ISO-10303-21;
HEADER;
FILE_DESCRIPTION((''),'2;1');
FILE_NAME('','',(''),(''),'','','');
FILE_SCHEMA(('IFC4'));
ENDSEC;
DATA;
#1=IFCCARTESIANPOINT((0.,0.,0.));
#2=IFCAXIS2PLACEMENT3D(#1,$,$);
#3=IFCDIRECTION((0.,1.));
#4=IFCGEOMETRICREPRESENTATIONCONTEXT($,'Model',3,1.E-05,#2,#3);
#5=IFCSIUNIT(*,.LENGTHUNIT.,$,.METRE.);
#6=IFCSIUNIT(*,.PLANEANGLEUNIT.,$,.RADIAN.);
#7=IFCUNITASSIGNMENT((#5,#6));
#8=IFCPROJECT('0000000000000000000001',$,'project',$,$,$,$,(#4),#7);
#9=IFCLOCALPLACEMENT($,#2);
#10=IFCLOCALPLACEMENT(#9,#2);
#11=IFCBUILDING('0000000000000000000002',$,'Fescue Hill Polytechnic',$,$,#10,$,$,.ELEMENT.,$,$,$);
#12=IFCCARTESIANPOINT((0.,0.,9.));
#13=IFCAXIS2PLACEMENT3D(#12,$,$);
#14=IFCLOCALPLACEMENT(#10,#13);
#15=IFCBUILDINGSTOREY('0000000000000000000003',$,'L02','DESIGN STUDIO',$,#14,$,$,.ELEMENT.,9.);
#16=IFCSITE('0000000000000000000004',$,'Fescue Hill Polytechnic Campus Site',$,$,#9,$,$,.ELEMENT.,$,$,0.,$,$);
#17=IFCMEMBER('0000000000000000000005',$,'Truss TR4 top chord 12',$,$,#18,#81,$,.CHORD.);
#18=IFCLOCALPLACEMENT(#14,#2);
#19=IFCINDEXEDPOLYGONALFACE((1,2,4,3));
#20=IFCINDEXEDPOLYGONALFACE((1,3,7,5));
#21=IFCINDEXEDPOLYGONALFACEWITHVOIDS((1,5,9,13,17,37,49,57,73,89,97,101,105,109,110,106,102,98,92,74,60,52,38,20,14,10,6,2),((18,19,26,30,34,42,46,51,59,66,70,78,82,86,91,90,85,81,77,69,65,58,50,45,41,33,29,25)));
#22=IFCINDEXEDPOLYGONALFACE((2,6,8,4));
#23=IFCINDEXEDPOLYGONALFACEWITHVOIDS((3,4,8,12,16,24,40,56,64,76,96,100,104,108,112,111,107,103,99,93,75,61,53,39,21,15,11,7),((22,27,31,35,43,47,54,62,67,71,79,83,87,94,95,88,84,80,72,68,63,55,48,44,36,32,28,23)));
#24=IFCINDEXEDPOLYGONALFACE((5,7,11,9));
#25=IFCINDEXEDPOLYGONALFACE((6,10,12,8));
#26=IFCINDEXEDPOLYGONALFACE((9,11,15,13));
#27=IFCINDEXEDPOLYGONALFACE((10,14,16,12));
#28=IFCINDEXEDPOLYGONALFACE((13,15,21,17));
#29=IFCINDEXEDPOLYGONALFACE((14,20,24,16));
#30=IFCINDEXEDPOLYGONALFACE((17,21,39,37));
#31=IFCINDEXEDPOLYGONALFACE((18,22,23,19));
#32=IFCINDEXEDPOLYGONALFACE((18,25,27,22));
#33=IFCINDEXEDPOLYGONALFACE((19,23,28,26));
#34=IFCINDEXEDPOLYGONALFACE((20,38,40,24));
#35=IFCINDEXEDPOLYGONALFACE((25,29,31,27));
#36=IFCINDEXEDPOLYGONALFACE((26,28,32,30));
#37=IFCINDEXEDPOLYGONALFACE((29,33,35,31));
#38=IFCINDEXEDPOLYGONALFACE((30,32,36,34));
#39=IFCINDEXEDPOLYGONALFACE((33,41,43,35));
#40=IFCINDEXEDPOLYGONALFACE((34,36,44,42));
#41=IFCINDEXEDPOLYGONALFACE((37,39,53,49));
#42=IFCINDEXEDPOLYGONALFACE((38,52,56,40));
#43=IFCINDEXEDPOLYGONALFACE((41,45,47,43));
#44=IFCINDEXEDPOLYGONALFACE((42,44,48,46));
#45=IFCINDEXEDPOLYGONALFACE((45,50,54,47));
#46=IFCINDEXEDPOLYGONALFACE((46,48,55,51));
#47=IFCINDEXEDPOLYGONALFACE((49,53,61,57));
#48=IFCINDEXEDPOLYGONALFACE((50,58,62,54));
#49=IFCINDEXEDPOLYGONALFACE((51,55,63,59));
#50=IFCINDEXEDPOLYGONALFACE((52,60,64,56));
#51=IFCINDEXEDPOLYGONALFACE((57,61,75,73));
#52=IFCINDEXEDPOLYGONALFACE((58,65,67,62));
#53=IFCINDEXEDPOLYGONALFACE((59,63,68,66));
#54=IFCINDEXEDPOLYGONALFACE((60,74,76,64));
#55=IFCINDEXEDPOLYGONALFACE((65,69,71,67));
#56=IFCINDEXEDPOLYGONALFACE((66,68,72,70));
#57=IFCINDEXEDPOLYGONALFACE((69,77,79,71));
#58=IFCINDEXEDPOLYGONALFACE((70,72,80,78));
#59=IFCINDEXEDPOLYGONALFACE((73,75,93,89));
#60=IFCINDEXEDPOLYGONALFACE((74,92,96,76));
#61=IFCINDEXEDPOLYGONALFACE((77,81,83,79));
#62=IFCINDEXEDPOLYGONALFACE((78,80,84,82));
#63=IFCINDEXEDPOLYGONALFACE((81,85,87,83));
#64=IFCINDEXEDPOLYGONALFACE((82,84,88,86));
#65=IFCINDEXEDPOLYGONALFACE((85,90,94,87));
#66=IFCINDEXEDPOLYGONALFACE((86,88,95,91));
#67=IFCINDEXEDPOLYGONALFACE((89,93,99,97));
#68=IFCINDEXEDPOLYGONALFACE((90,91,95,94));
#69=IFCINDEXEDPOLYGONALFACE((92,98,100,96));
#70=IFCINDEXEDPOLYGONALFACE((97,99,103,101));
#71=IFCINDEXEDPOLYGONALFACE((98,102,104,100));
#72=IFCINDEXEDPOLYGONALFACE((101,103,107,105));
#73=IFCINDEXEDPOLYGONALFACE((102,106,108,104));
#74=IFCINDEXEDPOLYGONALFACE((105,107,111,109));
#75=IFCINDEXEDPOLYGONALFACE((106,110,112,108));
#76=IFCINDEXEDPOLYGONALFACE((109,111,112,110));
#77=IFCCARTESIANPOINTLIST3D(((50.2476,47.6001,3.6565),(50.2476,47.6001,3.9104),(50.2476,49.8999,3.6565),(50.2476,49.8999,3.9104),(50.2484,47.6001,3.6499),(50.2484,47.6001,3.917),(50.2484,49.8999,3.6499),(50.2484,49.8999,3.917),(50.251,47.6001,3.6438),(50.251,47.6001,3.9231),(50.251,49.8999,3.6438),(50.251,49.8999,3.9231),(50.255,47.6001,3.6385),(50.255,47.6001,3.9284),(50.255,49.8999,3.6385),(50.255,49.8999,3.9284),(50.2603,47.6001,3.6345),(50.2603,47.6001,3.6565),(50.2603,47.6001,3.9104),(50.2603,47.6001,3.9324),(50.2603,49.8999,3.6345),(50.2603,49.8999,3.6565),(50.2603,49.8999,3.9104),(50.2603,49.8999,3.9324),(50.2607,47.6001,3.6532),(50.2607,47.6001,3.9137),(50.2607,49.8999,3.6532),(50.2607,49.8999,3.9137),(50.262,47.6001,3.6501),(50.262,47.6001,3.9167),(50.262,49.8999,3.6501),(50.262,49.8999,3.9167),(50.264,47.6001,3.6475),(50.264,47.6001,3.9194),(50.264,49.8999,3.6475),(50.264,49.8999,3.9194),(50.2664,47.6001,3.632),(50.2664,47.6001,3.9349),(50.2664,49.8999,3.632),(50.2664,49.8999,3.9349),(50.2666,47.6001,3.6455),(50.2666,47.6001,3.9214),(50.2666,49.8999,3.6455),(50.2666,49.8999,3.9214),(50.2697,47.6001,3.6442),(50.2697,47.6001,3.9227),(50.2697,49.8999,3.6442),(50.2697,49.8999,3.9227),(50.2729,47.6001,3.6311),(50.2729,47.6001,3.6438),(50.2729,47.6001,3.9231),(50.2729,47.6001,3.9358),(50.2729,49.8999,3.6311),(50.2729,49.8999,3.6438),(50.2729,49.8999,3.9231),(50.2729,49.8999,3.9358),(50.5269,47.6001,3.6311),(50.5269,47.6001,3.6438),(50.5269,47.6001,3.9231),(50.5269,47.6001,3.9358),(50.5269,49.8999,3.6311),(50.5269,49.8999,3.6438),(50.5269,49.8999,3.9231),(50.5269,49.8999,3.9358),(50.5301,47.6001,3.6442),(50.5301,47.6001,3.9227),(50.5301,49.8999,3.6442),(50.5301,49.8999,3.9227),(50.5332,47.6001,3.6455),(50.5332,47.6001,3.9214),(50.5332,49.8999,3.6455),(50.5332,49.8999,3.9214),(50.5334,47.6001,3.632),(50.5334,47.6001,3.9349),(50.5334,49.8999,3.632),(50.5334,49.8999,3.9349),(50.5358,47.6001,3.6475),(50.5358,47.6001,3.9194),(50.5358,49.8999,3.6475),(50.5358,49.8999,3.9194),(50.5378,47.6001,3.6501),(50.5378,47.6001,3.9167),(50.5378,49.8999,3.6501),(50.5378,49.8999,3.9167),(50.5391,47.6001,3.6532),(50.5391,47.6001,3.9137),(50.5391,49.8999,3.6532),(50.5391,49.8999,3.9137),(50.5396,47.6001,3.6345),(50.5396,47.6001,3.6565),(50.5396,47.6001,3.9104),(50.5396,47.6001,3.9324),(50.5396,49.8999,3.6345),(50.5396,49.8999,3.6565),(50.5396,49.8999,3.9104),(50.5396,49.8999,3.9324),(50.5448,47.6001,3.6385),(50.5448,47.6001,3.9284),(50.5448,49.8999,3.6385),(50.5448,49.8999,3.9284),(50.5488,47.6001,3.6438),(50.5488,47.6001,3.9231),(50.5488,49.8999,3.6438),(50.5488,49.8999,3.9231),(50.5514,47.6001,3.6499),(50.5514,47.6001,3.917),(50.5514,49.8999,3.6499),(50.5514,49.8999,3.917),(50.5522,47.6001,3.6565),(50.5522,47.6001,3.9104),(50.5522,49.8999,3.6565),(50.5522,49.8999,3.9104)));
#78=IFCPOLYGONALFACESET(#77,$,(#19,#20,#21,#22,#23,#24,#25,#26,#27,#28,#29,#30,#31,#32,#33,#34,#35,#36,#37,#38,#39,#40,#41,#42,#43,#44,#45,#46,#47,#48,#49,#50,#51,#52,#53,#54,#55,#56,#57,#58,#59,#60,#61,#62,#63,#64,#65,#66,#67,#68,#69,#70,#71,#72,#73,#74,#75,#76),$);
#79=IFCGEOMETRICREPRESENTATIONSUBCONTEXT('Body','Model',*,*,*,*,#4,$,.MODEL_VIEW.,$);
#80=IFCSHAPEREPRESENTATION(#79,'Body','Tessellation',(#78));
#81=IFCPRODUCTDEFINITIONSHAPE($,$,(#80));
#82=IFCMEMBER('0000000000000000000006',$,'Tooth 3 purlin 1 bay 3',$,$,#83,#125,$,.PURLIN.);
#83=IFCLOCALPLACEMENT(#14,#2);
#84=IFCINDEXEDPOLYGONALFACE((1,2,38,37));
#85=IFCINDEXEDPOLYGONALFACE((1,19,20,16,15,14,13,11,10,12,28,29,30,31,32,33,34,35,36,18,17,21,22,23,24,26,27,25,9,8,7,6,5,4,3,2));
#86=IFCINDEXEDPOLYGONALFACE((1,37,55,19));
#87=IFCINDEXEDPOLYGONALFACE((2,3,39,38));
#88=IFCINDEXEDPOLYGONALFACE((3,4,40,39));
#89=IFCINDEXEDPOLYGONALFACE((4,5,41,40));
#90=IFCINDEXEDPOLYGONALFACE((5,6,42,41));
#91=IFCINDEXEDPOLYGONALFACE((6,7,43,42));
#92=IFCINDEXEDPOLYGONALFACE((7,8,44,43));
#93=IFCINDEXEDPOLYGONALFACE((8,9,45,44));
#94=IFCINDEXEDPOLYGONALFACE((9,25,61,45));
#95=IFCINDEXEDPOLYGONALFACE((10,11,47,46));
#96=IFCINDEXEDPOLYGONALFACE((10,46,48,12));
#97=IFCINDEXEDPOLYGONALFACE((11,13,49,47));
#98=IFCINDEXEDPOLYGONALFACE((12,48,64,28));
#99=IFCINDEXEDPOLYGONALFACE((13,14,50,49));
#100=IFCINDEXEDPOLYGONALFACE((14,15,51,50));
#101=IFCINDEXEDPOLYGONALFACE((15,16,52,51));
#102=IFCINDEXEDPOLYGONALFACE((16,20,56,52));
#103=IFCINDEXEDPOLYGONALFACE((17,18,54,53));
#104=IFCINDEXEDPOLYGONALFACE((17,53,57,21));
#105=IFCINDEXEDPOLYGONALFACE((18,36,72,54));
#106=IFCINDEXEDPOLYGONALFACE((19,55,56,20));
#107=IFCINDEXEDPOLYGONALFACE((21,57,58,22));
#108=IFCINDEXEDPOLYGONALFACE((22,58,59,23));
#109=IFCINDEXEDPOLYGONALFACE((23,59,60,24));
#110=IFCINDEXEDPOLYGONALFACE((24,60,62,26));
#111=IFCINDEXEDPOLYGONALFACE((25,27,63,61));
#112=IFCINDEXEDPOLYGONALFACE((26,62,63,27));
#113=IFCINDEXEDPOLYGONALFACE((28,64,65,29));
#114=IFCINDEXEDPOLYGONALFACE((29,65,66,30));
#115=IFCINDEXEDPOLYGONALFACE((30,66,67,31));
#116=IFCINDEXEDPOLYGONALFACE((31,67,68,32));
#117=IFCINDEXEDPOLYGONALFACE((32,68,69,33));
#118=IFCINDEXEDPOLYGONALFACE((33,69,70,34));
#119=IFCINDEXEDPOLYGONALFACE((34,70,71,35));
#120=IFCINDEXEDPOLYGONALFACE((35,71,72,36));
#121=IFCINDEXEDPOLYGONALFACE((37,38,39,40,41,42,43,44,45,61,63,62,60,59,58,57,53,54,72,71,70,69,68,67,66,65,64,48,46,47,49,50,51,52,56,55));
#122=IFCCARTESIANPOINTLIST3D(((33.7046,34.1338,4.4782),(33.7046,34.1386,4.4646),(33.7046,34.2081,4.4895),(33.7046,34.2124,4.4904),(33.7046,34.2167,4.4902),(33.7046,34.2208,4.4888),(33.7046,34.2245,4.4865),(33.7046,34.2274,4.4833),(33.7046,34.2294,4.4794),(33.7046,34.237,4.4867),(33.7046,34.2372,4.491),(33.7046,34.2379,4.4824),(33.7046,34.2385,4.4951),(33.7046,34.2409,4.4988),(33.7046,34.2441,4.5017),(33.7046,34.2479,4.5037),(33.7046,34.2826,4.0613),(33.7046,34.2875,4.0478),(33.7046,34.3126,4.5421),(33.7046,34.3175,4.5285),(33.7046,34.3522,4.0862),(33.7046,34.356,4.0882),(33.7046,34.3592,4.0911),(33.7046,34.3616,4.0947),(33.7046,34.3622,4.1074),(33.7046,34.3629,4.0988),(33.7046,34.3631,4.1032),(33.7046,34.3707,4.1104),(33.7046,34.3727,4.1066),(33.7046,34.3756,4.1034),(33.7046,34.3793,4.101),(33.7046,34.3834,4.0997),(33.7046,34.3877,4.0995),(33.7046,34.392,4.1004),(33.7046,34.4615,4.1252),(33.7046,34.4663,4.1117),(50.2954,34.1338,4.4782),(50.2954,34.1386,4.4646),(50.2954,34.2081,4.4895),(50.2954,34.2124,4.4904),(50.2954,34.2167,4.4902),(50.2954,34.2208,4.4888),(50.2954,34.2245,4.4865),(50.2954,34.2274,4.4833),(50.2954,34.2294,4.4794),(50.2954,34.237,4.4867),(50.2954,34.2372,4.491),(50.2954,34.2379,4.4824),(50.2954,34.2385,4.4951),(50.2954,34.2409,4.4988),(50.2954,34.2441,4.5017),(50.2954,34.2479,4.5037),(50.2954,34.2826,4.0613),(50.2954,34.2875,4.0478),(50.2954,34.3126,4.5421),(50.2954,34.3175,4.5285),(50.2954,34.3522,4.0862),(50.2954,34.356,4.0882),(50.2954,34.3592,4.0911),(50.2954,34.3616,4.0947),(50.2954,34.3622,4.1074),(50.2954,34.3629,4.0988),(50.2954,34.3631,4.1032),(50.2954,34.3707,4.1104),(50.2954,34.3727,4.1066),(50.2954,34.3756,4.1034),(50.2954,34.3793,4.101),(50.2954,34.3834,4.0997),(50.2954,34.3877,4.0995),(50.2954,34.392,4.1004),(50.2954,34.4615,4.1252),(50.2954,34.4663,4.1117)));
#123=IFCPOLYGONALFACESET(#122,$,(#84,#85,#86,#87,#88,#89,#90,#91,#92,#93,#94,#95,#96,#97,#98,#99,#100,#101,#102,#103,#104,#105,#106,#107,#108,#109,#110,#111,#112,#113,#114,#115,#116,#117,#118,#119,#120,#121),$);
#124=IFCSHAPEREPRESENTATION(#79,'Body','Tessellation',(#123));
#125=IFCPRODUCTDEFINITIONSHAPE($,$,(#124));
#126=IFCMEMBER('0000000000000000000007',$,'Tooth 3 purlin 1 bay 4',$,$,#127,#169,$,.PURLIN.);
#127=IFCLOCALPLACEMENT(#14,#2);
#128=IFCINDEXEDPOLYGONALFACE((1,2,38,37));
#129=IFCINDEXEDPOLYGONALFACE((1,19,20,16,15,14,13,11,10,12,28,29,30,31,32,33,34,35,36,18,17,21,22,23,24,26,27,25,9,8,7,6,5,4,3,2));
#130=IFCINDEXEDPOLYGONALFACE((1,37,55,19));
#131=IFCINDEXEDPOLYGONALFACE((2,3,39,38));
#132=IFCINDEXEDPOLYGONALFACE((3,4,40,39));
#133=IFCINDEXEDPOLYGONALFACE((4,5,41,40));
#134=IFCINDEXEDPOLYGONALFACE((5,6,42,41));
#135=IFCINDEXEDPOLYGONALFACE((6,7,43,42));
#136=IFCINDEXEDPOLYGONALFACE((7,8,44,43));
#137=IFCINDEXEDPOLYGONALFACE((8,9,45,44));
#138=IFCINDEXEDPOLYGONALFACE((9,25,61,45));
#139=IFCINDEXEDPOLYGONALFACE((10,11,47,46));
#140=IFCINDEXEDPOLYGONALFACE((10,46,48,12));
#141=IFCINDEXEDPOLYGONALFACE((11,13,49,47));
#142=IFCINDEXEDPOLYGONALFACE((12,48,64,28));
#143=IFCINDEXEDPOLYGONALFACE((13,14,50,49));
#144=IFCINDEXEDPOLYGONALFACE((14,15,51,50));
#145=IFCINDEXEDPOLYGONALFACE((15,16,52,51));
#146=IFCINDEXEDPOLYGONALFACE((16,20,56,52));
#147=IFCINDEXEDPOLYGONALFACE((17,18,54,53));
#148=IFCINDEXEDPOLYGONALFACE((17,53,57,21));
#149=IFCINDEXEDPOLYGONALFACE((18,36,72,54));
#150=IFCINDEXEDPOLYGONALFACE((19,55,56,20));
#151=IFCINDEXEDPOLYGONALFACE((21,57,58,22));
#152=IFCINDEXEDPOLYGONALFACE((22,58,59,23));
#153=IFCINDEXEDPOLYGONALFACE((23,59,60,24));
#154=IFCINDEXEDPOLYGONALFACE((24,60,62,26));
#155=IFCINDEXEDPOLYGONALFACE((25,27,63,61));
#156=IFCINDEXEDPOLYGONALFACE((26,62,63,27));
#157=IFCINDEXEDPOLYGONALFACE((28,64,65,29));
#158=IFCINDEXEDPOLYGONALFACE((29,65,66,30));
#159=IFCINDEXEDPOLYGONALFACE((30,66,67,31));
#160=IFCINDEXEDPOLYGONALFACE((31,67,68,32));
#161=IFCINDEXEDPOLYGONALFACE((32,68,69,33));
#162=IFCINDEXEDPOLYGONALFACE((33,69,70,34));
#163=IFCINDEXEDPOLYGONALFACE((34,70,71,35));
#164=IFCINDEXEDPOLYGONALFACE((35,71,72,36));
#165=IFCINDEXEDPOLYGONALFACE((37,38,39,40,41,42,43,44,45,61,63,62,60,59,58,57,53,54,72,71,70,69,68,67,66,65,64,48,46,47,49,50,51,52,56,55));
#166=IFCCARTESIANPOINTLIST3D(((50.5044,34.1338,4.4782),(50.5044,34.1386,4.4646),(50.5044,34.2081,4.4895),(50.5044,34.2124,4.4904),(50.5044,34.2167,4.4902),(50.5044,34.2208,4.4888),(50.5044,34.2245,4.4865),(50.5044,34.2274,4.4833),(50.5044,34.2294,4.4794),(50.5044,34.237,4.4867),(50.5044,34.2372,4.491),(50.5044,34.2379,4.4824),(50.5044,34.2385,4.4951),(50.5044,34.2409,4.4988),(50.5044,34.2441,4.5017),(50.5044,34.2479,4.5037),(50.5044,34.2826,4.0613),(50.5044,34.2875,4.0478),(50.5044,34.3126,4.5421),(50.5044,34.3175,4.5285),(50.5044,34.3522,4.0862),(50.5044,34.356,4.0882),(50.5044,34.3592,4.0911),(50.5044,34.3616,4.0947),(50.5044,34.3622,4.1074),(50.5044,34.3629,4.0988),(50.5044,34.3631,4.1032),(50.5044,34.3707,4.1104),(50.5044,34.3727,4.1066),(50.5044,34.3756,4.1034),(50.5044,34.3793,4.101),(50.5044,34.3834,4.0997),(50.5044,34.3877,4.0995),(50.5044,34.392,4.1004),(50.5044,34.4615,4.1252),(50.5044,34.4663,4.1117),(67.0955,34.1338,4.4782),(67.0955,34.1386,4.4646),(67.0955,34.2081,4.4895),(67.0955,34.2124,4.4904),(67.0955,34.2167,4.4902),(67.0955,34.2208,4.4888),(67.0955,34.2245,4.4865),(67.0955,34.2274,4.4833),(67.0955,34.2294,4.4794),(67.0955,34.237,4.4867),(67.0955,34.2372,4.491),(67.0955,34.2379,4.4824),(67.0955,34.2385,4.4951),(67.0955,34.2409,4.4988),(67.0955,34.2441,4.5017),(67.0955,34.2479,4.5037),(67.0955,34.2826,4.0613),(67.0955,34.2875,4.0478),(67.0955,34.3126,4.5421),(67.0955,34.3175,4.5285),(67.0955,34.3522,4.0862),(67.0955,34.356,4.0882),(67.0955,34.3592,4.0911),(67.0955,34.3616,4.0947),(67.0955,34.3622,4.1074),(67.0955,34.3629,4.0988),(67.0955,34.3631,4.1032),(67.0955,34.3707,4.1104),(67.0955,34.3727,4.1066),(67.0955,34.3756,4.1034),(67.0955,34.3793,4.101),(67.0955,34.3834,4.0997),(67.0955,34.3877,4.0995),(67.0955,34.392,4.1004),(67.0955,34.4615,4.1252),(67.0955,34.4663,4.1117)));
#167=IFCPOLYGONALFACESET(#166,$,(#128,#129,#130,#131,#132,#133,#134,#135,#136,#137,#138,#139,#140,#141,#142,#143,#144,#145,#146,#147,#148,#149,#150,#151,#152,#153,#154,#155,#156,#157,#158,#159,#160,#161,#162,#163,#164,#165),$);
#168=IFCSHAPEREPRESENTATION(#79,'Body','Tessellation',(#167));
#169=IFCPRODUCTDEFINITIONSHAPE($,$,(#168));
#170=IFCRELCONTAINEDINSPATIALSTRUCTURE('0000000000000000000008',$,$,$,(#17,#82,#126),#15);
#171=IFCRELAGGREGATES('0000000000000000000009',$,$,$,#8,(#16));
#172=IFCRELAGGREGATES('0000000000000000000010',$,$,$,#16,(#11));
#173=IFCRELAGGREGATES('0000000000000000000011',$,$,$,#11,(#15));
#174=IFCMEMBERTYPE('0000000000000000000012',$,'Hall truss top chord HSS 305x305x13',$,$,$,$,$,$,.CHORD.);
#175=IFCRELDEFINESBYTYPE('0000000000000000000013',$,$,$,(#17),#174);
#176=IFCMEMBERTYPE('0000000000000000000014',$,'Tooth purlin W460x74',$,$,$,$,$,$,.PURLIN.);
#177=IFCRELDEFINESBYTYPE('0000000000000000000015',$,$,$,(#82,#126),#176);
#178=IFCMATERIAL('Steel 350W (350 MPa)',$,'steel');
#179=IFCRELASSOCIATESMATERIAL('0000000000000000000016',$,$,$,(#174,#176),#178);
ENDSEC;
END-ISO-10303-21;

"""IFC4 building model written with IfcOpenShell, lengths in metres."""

from ifc_helpers import new_model, si_unit, direction, frame, origin, origin_2d, place, context, subcontext, project, spatial, hollow_rectangle, i_section, extrude, material, material_profile, profile_set, type_object, element, save


model = new_model("IFC4")

# Units and contexts
model_context = context("Model", 3, precision=1e-05, world=origin(), true_north=direction((0.0, 1.0)))
body_context = subcontext(model_context, "Body", "Model", "MODEL_VIEW")
ifc_project = project(units=[si_unit("LENGTHUNIT", "METRE"), si_unit("PLANEANGLEUNIT", "RADIAN")], contexts=[model_context])

# Site, building, storey
site_placement = place(None, origin())
site = spatial("IfcSite", under=ifc_project, at=site_placement, Name="Fescue Hill Polytechnic Campus Site", CompositionType="ELEMENT", RefElevation=0.0)
building_placement = place(site_placement, origin())
building = spatial("IfcBuilding", under=site, at=building_placement, Name="Fescue Hill Polytechnic", CompositionType="ELEMENT")
storey_placement = place(building_placement, frame((0.0, 0.0, 9.0)))
storey = spatial("IfcBuildingStorey", under=building, at=storey_placement, Name="L02", Description="DESIGN STUDIO", CompositionType="ELEMENT", Elevation=9.0)

# Members
ifc_material = material(Name="Steel 350W (350 MPa)", Category="steel")
ifc_material_profile_1 = material_profile(ifc_material, hollow_rectangle(XDim=0.3047, YDim=0.3047, WallThickness=0.0127, InnerFilletRadius=0.0127, OuterFilletRadius=0.0254, at=origin_2d()), Name="Hall truss top chord HSS 305x305x13")
ifc_profile_set_1 = profile_set([ifc_material_profile_1], Name="Steel 350W (350 MPa)")
member_type_1 = type_object("IfcMemberType", Name="Hall truss top chord HSS 305x305x13", PredefinedType="CHORD", material=ifc_profile_set_1)
member_1_placement = place(storey_placement, frame((50.3999, 47.6001, 3.7834), z_axis=(0.0, 1.0, 0.0), x_axis=(-1.0, 0.0, 0.0)))
element("IfcMember", 1, at=member_1_placement, inside=storey, type_object=member_type_1, Name="Truss TR4 top chord 12", PredefinedType="CHORD", context=body_context, shape_type="SweptSolid", body=[
    extrude(hollow_rectangle(XDim=0.3047, YDim=0.3047, WallThickness=0.0127, InnerFilletRadius=0.0127, OuterFilletRadius=0.0254, at=origin_2d()), origin(), (0.0, 0.0, 1.0), 2.2998),
])
ifc_material_profile_2 = material_profile(ifc_material, i_section(OverallWidth=0.1899, OverallDepth=0.457, WebThickness=0.009, FlangeThickness=0.0144, FilletRadius=0.0166, at=origin_2d()), Name="W460x74")
ifc_profile_set_2 = profile_set([ifc_material_profile_2], Name="Steel 350W (350 MPa)")
member_type_2 = type_object("IfcMemberType", Name="Tooth purlin W460x74", PredefinedType="PURLIN", material=ifc_profile_set_2)
member_2_placement = place(storey_placement, frame((33.7046, 34.3, 4.2949), z_axis=(1.0, 0.0, 0.0), x_axis=(0.0, 0.941742, 0.336336)))
element("IfcMember", 2, at=member_2_placement, inside=storey, type_object=member_type_2, Name="Tooth 3 purlin 1 bay 3", PredefinedType="PURLIN", context=body_context, shape_type="SweptSolid", body=[
    extrude(i_section(OverallWidth=0.1899, OverallDepth=0.457, WebThickness=0.009, FlangeThickness=0.0144, FilletRadius=0.0166, at=origin_2d()), origin(), (0.0, 0.0, 1.0), 16.5908),
])
member_3_placement = place(storey_placement, frame((50.5044, 34.3, 4.2949), z_axis=(1.0, 0.0, 0.0), x_axis=(0.0, 0.941742, 0.336336)))
element("IfcMember", 3, at=member_3_placement, inside=storey, type_object=member_type_2, Name="Tooth 3 purlin 1 bay 4", PredefinedType="PURLIN", context=body_context, shape_type="SweptSolid", body=[
    extrude(i_section(OverallWidth=0.1899, OverallDepth=0.457, WebThickness=0.009, FlangeThickness=0.0144, FilletRadius=0.0166, at=origin_2d()), origin(), (0.0, 0.0, 1.0), 16.5911),
])

save(model, "model.ifc")
